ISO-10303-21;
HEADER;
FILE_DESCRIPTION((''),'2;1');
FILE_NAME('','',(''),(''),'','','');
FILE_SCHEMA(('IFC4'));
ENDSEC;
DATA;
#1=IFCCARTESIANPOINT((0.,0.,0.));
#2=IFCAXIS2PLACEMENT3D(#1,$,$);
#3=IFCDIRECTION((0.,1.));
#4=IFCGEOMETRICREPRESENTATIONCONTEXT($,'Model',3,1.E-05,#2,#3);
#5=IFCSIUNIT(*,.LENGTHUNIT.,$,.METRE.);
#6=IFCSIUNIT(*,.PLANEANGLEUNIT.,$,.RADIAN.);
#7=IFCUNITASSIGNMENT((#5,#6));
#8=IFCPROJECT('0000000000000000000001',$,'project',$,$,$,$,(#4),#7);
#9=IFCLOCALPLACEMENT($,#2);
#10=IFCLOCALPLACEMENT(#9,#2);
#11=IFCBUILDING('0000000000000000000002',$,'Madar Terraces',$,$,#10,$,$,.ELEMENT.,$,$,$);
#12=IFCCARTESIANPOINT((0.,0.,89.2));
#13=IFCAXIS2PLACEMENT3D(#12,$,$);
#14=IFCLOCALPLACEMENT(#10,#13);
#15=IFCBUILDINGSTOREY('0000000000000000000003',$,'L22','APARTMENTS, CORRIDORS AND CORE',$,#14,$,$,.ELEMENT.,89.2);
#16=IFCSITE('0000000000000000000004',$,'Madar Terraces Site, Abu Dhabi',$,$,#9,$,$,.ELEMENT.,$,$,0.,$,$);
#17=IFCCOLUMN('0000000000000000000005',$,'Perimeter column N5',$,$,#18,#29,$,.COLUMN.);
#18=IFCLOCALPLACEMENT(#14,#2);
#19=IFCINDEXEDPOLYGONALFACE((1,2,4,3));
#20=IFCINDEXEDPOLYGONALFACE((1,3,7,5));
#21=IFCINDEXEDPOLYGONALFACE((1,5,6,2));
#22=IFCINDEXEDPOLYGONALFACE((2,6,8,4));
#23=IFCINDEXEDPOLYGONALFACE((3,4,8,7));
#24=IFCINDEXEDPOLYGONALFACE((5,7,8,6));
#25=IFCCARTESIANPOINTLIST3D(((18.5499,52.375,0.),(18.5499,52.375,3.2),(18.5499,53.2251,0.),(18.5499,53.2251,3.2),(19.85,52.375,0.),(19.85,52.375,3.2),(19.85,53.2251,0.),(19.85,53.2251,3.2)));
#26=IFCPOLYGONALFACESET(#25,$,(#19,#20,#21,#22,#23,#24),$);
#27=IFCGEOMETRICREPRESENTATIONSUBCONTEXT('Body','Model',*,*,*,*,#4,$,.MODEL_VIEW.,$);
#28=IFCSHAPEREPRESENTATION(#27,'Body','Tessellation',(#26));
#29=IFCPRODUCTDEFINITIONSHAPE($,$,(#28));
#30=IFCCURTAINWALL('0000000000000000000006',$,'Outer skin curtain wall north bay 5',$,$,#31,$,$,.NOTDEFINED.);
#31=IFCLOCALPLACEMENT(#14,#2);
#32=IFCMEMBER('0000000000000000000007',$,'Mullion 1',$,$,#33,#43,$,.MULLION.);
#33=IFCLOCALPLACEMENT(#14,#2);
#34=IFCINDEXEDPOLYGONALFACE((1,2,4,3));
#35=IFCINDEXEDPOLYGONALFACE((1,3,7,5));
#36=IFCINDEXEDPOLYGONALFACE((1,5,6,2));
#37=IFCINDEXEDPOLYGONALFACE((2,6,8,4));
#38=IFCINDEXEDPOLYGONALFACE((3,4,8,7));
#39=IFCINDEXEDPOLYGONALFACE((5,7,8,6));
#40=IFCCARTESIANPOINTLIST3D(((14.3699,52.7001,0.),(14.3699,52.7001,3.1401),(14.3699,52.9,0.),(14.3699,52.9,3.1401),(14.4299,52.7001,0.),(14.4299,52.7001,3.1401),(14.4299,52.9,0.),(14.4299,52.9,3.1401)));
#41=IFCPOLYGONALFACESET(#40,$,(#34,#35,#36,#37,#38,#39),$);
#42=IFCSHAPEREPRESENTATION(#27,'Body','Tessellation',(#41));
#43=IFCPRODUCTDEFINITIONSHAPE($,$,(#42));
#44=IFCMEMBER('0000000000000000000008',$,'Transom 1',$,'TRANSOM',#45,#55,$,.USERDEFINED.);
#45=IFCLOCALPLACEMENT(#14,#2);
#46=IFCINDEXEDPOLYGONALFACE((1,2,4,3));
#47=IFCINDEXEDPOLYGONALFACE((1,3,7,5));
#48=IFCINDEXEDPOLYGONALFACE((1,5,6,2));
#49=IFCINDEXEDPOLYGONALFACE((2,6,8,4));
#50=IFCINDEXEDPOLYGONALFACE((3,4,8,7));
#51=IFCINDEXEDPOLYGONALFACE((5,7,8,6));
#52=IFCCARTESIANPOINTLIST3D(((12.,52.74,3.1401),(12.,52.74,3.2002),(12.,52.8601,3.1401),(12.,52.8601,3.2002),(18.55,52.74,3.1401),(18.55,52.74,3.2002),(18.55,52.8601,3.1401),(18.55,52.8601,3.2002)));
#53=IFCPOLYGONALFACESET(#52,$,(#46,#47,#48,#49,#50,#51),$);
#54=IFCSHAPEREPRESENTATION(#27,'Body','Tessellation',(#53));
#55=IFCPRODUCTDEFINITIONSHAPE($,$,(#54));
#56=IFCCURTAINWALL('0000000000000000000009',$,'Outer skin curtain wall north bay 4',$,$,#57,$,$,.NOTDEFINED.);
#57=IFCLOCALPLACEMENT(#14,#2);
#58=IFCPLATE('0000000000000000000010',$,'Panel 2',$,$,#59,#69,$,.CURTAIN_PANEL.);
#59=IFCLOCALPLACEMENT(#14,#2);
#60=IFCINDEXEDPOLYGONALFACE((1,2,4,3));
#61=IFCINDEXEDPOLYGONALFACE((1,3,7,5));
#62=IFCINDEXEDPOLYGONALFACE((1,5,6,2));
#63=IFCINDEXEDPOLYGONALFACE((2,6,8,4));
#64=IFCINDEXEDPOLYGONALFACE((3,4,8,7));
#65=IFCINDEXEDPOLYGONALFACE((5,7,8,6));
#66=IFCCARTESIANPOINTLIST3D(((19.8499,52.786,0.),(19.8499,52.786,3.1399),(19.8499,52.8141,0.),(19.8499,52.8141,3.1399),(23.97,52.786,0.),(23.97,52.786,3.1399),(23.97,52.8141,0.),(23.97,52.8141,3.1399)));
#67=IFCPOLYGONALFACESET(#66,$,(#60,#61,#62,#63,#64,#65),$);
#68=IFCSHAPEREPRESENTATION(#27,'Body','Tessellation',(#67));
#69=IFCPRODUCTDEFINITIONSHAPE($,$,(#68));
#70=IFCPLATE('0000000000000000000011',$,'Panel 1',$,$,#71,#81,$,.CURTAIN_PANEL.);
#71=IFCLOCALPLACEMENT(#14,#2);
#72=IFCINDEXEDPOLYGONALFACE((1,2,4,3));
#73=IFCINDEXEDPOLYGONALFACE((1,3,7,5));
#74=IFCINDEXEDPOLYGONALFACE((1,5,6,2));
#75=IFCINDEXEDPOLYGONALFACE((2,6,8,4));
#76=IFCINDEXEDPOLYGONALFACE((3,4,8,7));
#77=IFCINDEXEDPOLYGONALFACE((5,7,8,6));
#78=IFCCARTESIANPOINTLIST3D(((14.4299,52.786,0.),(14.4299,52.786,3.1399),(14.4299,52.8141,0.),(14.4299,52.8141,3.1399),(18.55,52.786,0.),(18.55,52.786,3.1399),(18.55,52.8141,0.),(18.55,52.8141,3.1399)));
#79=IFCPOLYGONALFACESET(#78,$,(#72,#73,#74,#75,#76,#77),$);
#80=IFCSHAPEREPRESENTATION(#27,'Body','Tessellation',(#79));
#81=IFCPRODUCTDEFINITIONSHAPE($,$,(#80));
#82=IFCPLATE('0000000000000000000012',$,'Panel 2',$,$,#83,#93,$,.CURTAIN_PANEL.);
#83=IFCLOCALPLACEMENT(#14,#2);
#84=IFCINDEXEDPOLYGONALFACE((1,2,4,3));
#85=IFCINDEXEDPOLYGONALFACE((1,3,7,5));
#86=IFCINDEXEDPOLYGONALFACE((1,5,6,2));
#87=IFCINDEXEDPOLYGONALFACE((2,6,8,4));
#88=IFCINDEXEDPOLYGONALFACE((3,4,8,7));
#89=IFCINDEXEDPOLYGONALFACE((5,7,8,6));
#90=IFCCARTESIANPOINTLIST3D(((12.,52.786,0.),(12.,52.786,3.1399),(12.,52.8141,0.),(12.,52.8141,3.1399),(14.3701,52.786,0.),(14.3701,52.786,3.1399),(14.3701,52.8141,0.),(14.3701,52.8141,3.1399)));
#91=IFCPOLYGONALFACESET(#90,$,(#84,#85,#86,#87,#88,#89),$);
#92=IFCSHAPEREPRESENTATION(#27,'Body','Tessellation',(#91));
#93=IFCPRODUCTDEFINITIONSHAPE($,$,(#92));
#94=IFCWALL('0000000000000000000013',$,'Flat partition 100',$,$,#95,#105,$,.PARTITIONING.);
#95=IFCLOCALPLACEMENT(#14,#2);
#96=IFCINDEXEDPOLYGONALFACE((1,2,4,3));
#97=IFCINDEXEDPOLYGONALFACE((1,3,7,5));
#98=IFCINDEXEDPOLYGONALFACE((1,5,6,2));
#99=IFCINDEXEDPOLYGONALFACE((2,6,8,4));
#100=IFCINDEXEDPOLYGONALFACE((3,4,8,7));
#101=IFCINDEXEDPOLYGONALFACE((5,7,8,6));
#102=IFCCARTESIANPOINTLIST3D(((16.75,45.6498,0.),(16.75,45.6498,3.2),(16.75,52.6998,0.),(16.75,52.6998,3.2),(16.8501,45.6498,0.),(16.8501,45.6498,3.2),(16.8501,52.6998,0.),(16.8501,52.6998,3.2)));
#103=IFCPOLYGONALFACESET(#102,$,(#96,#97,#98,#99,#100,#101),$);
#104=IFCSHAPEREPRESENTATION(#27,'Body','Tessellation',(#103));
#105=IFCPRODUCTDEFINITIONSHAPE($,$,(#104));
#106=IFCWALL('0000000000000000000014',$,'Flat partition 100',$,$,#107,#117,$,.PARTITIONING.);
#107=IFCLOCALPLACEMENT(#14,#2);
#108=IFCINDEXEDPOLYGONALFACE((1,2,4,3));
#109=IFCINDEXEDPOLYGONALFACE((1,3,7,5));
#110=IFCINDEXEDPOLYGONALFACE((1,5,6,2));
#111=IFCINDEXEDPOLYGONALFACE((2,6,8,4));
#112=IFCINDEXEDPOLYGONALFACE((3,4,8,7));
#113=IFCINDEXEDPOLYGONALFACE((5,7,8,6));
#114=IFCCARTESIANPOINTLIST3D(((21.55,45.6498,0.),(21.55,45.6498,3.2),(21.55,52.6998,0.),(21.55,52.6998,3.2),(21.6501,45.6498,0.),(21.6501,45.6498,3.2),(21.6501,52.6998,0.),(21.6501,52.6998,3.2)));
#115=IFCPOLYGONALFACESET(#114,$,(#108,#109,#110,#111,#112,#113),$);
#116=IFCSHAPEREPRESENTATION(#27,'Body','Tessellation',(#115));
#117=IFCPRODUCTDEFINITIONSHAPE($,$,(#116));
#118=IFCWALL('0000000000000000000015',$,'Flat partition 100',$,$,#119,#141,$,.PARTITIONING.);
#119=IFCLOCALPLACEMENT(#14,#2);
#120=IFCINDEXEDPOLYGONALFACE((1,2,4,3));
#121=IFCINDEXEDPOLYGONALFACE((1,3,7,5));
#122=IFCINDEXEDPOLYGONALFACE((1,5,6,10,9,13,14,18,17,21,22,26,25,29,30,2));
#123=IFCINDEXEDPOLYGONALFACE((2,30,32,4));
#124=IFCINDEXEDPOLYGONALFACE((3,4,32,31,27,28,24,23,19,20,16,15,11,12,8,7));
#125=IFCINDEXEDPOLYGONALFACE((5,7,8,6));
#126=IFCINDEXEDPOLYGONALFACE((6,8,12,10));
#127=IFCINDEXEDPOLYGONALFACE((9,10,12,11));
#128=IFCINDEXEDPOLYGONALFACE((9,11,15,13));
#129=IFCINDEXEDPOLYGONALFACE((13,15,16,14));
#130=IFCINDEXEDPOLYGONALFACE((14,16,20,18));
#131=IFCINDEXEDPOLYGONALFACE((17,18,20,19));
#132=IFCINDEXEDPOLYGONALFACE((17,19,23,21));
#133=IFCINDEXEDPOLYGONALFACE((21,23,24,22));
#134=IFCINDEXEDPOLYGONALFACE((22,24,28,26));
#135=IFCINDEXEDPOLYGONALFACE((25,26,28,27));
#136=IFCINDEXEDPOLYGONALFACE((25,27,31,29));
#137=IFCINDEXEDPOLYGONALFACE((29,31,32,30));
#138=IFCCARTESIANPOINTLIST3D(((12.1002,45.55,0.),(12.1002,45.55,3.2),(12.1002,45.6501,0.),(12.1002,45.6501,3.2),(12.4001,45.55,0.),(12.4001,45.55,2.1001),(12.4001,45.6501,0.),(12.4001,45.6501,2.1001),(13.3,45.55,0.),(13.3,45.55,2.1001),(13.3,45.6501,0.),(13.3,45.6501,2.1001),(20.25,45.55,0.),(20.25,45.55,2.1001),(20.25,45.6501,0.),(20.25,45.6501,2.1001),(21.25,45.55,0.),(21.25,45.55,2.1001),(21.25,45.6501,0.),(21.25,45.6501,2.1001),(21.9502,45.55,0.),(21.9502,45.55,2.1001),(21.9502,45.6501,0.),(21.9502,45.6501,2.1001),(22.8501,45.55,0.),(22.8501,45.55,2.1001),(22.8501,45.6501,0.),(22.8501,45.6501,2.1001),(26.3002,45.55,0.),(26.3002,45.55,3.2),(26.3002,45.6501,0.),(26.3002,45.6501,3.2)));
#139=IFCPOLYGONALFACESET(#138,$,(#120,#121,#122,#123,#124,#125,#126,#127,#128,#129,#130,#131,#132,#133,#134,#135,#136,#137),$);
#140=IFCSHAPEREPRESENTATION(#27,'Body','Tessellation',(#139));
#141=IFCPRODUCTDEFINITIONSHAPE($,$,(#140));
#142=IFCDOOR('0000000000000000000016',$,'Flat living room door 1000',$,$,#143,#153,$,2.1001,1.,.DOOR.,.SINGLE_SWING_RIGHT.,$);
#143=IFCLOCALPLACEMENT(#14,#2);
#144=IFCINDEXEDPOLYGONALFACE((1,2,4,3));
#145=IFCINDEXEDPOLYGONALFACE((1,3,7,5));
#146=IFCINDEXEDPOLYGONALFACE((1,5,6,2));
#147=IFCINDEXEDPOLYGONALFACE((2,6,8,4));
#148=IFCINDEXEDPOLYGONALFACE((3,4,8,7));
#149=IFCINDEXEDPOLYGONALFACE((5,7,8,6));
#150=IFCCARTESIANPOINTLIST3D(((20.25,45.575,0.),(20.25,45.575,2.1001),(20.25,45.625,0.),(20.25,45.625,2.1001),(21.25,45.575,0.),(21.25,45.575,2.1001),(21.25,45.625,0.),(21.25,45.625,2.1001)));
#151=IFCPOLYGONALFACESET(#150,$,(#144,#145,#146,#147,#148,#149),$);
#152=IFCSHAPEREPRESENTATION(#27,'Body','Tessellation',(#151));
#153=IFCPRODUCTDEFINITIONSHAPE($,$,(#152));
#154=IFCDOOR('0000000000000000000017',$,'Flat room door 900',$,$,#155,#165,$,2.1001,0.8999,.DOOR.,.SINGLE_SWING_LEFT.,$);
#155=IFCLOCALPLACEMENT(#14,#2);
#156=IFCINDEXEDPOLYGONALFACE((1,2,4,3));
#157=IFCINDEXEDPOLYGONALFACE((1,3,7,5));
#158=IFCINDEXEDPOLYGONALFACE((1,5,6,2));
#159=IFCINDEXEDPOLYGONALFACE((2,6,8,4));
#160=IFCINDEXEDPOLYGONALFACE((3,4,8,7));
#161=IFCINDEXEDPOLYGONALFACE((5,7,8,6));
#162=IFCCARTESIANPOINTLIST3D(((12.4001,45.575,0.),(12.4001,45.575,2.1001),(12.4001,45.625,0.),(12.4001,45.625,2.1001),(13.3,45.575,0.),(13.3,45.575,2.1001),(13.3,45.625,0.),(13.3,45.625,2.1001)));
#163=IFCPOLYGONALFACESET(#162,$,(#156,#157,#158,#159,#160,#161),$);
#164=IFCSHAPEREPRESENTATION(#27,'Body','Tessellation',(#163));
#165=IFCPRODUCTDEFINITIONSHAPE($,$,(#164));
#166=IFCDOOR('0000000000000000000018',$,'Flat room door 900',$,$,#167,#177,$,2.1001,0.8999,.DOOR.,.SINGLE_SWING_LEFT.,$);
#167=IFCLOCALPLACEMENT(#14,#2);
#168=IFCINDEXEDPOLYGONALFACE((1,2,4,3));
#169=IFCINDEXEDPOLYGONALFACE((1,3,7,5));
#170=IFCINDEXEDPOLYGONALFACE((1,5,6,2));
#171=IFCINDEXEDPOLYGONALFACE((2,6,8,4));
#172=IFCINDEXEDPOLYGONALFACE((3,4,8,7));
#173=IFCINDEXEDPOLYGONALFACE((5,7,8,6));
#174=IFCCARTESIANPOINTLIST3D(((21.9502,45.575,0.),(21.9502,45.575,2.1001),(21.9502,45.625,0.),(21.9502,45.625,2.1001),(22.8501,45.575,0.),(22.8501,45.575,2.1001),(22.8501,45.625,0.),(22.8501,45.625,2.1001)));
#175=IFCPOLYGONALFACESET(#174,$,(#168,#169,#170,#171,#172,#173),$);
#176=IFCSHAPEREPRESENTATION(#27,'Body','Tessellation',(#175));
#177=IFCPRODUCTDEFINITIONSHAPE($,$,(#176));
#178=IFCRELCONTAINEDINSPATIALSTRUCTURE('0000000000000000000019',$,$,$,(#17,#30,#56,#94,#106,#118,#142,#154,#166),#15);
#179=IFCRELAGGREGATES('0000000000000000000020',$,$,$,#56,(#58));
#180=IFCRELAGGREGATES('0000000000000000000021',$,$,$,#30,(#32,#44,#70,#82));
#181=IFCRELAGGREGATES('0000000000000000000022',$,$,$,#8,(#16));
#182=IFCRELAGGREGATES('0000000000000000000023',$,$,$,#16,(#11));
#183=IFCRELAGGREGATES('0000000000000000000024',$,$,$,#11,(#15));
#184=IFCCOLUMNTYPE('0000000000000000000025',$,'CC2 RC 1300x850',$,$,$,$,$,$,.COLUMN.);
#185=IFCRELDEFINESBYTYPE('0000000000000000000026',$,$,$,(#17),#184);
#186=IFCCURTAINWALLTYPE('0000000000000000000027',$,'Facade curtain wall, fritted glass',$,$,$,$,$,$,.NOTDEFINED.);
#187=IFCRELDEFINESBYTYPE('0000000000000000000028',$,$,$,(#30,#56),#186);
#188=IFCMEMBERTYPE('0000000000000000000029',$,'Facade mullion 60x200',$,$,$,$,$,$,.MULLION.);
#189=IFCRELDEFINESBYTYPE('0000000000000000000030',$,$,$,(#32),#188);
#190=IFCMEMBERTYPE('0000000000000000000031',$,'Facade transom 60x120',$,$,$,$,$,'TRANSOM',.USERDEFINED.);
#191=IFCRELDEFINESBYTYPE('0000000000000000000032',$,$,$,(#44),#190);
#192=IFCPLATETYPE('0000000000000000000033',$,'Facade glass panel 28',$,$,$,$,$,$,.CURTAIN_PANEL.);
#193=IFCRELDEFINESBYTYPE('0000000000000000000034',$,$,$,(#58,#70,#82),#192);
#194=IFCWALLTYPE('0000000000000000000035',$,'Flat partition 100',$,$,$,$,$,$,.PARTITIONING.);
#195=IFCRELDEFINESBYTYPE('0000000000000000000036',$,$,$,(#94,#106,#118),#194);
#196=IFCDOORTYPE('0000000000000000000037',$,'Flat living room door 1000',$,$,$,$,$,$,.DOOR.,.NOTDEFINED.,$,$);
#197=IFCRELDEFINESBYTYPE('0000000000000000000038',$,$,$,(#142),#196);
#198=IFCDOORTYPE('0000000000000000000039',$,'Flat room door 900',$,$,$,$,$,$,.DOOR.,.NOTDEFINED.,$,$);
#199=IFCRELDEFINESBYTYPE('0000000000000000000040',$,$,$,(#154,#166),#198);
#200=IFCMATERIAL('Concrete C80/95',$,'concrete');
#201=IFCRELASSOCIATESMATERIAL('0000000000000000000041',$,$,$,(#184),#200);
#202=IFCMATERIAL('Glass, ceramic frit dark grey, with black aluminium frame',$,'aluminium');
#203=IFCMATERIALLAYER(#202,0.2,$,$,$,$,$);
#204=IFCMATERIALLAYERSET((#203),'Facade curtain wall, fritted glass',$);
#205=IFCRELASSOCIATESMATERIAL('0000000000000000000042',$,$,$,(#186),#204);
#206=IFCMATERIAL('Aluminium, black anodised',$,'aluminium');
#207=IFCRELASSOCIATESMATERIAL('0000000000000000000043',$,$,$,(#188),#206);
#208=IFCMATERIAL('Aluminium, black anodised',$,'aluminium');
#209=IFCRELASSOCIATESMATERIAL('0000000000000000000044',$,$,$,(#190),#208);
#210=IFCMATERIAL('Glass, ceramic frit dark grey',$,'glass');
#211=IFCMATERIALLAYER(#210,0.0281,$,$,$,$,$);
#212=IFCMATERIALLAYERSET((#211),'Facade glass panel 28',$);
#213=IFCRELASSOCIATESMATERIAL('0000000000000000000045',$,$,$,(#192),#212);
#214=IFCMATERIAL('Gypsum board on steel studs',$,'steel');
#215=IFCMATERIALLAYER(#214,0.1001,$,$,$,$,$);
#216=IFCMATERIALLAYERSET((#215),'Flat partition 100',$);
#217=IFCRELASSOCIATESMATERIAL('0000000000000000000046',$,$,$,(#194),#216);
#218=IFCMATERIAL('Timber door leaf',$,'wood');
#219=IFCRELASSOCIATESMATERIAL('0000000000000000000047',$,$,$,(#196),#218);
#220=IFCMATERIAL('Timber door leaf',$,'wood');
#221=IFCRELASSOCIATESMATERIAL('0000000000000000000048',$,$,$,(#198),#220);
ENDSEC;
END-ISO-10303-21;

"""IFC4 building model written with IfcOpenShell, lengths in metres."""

from ifc_helpers import new_model, si_unit, direction, frame, frame_2d, origin, origin_2d, place, context, subcontext, project, spatial, rectangle, extrude, material, layer, layer_set, material_profile, profile_set, type_object, element, fill, aggregate, save


model = new_model("IFC4")

# Units and contexts
model_context = context("Model", 3, precision=1e-05, world=origin(), true_north=direction((0.0, 1.0)))
body_context = subcontext(model_context, "Body", "Model", "MODEL_VIEW")
ifc_project = project(units=[si_unit("LENGTHUNIT", "METRE"), si_unit("PLANEANGLEUNIT", "RADIAN")], contexts=[model_context])

# Site, building, storey
site_placement = place(None, origin())
site = spatial("IfcSite", under=ifc_project, at=site_placement, Name="Madar Terraces Site, Abu Dhabi", CompositionType="ELEMENT", RefElevation=0.0)
building_placement = place(site_placement, origin())
building = spatial("IfcBuilding", under=site, at=building_placement, Name="Madar Terraces", CompositionType="ELEMENT")
storey_placement = place(building_placement, frame((0.0, 0.0, 89.2)))
storey = spatial("IfcBuildingStorey", under=building, at=storey_placement, Name="L22", Description="APARTMENTS, CORRIDORS AND CORE", CompositionType="ELEMENT", Elevation=89.2)

# Column
ifc_material_1 = material(Name="Concrete C80/95", Category="concrete")
ifc_material_profile_1 = material_profile(ifc_material_1, rectangle(XDim=1.3, YDim=0.8501, at=origin_2d()), Name="CC2 RC 1300x850")
ifc_profile_set_1 = profile_set([ifc_material_profile_1], Name="Concrete C80/95")
column_type = type_object("IfcColumnType", Name="CC2 RC 1300x850", PredefinedType="COLUMN", material=ifc_profile_set_1)
column_placement = place(storey_placement, frame((19.2, 52.8, 0.0), z_axis=(0.0, 0.0, 1.0), x_axis=(1.0, 0.0, 0.0)))
element("IfcColumn", 1, at=column_placement, inside=storey, type_object=column_type, Name="Perimeter column N5", PredefinedType="COLUMN", context=body_context, shape_type="SweptSolid", body=[
    extrude(rectangle(XDim=1.3, YDim=0.8501, at=origin_2d()), origin(), (0.0, 0.0, 1.0), 3.2),
])

# Curtain wall, members
ifc_material_2 = material(Name="Glass, ceramic frit dark grey, with black aluminium frame", Category="aluminium")
ifc_layer_1 = layer(ifc_material_2, 0.2)
ifc_layer_set_1 = layer_set([ifc_layer_1], Name="Facade curtain wall, fritted glass")
curtain_wall_type = type_object("IfcCurtainWallType", Name="Facade curtain wall, fritted glass", PredefinedType="NOTDEFINED", material=ifc_layer_set_1)
curtain_wall_1_placement = place(storey_placement, origin())
curtain_wall_1 = element("IfcCurtainWall", 2, at=curtain_wall_1_placement, inside=storey, type_object=curtain_wall_type, Name="Outer skin curtain wall north bay 5", PredefinedType="NOTDEFINED")
ifc_material_3 = material(Name="Aluminium, black anodised", Category="aluminium")
ifc_material_profile_2 = material_profile(ifc_material_3, rectangle(XDim=0.2, YDim=0.0601, at=origin_2d()), Name="Facade mullion 60x200")
ifc_profile_set_2 = profile_set([ifc_material_profile_2], Name="Aluminium, black anodised")
member_type_1 = type_object("IfcMemberType", Name="Facade mullion 60x200", PredefinedType="MULLION", material=ifc_profile_set_2)
member_1_placement = place(storey_placement, frame((14.3999, 52.8, 0.0), z_axis=(0.0, 0.0, 1.0), x_axis=(0.0, -1.0, 0.0)))
member_1 = element("IfcMember", 3, at=member_1_placement, type_object=member_type_1, Name="Mullion 1", PredefinedType="MULLION", context=body_context, shape_type="SweptSolid", body=[
    extrude(rectangle(XDim=0.2, YDim=0.0601, at=origin_2d()), origin(), (0.0, 0.0, 1.0), 3.1401),
])
ifc_material_4 = material(Name="Aluminium, black anodised", Category="aluminium")
ifc_material_profile_3 = material_profile(ifc_material_4, rectangle(XDim=0.1201, YDim=0.0601, at=origin_2d()), Name="Facade transom 60x120")
ifc_profile_set_3 = profile_set([ifc_material_profile_3], Name="Aluminium, black anodised")
member_type_2 = type_object("IfcMemberType", Name="Facade transom 60x120", ElementType="TRANSOM", PredefinedType="USERDEFINED", material=ifc_profile_set_3)
member_2_placement = place(storey_placement, frame((18.55, 52.8, 3.1702), z_axis=(-1.0, 0.0, 0.0), x_axis=(0.0, -1.0, 0.0)))
member_2 = element("IfcMember", 4, at=member_2_placement, type_object=member_type_2, Name="Transom 1", ObjectType="TRANSOM", PredefinedType="USERDEFINED", context=body_context, shape_type="SweptSolid", body=[
    extrude(rectangle(XDim=0.1201, YDim=0.0601, at=origin_2d()), origin(), (0.0, 0.0, 1.0), 6.55),
])

# Curtain wall, plate
curtain_wall_2_placement = place(storey_placement, origin())
curtain_wall_2 = element("IfcCurtainWall", 5, at=curtain_wall_2_placement, inside=storey, type_object=curtain_wall_type, Name="Outer skin curtain wall north bay 4", PredefinedType="NOTDEFINED")
ifc_material_5 = material(Name="Glass, ceramic frit dark grey", Category="glass")
ifc_layer_2 = layer(ifc_material_5, 0.0281)
ifc_layer_set_2 = layer_set([ifc_layer_2], Name="Facade glass panel 28")
plate_type = type_object("IfcPlateType", Name="Facade glass panel 28", PredefinedType="CURTAIN_PANEL", material=ifc_layer_set_2)
plate_1_placement = place(storey_placement, frame((21.9099, 52.8, 0.0), z_axis=(0.0, 0.0, 1.0), x_axis=(-1.0, 0.0, 0.0)))
plate_1 = element("IfcPlate", 6, at=plate_1_placement, type_object=plate_type, Name="Panel 2", PredefinedType="CURTAIN_PANEL", context=body_context, shape_type="SweptSolid", body=[
    extrude(rectangle(XDim=4.1201, YDim=0.0281, at=origin_2d()), origin(), (0.0, 0.0, 1.0), 3.1399),
])
aggregate(curtain_wall_2, [plate_1])

# Plates
plate_2_placement = place(storey_placement, frame((16.49, 52.8, 0.0), z_axis=(0.0, 0.0, 1.0), x_axis=(-1.0, 0.0, 0.0)))
plate_2 = element("IfcPlate", 7, at=plate_2_placement, type_object=plate_type, Name="Panel 1", PredefinedType="CURTAIN_PANEL", context=body_context, shape_type="SweptSolid", body=[
    extrude(rectangle(XDim=4.1201, YDim=0.0281, at=origin_2d()), origin(), (0.0, 0.0, 1.0), 3.1399),
])
plate_3_placement = place(storey_placement, frame((13.1851, 52.8, 0.0), z_axis=(0.0, 0.0, 1.0), x_axis=(-1.0, 0.0, 0.0)))
plate_3 = element("IfcPlate", 8, at=plate_3_placement, type_object=plate_type, Name="Panel 2", PredefinedType="CURTAIN_PANEL", context=body_context, shape_type="SweptSolid", body=[
    extrude(rectangle(XDim=2.3701, YDim=0.0281, at=origin_2d()), origin(), (0.0, 0.0, 1.0), 3.1399),
])
aggregate(curtain_wall_1, [member_1, member_2, plate_2, plate_3])

# Walls
ifc_material_6 = material(Name="Gypsum board on steel studs", Category="steel")
ifc_layer_3 = layer(ifc_material_6, 0.1001)
ifc_layer_set_3 = layer_set([ifc_layer_3], Name="Flat partition 100")
wall_type = type_object("IfcWallType", Name="Flat partition 100", PredefinedType="PARTITIONING", material=ifc_layer_set_3)
for number, where, z_axis, x_axis, name in (
    (9, (16.8, 45.6499, 0.0), (0.0, 0.0, 1.0), (0.0, 1.0, 0.0), "Flat partition 100"),
    (10, (21.6001, 45.6499, 0.0), (0.0, 0.0, 1.0), (0.0, 1.0, 0.0), "Flat partition 100"),
):
    element("IfcWall", number, at=place(storey_placement, frame(where, z_axis=z_axis, x_axis=x_axis)), inside=storey, type_object=wall_type, Name=name, PredefinedType="PARTITIONING", context=body_context, shape_type="SweptSolid", body=[
        extrude(rectangle(XDim=7.05, YDim=0.1001, at=frame_2d((3.5249, 0.0))), origin(), (0.0, 0.0, 1.0), 3.2),
    ])

# Wall, openings, doors
wall_placement = place(storey_placement, frame((12.1001, 45.6001, 0.0), z_axis=(0.0, 0.0, 1.0), x_axis=(1.0, 0.0, 0.0)))
wall = element("IfcWall", 11, at=wall_placement, inside=storey, type_object=wall_type, Name="Flat partition 100", PredefinedType="PARTITIONING", context=body_context, shape_type="SweptSolid", body=[
    extrude(rectangle(XDim=14.2, YDim=0.1001, at=frame_2d((7.1001, 0.0))), origin(), (0.0, 0.0, 1.0), 3.2),
])
opening_1_placement = place(wall_placement, frame((0.3, 0.0, 0.0)))
opening_1 = element("IfcOpeningElement", 12, at=opening_1_placement, cuts=wall, PredefinedType="OPENING", context=body_context, shape_type="SweptSolid", body=[
    extrude(rectangle(XDim=0.8999, YDim=2.1001, at=frame_2d((0.45, 1.05))), frame((0.0, 0.0601, 0.0), z_axis=(0.0, -1.0, 0.0), x_axis=(1.0, 0.0, 0.0)), (0.0, 0.0, 1.0), 0.1201),
])
opening_2_placement = place(wall_placement, frame((8.1499, 0.0, 0.0)))
opening_2 = element("IfcOpeningElement", 13, at=opening_2_placement, cuts=wall, PredefinedType="OPENING", context=body_context, shape_type="SweptSolid", body=[
    extrude(rectangle(XDim=1.0, YDim=2.1001, at=frame_2d((0.5, 1.05))), frame((0.0, 0.0601, 0.0), z_axis=(0.0, -1.0, 0.0), x_axis=(1.0, 0.0, 0.0)), (0.0, 0.0, 1.0), 0.1201),
])
opening_3_placement = place(wall_placement, frame((9.8501, 0.0, 0.0)))
opening_3 = element("IfcOpeningElement", 14, at=opening_3_placement, cuts=wall, PredefinedType="OPENING", context=body_context, shape_type="SweptSolid", body=[
    extrude(rectangle(XDim=0.8999, YDim=2.1001, at=frame_2d((0.45, 1.05))), frame((0.0, 0.0601, 0.0), z_axis=(0.0, -1.0, 0.0), x_axis=(1.0, 0.0, 0.0)), (0.0, 0.0, 1.0), 0.1201),
])
ifc_material_7 = material(Name="Timber door leaf", Category="wood")
door_type_1 = type_object("IfcDoorType", Name="Flat living room door 1000", OperationType="NOTDEFINED", PredefinedType="DOOR", material=ifc_material_7)
door_1_placement = place(opening_2_placement, origin())
door_1 = element("IfcDoor", 15, at=door_1_placement, inside=storey, type_object=door_type_1, Name="Flat living room door 1000", OperationType="SINGLE_SWING_RIGHT", OverallHeight=2.1001, OverallWidth=1.0, PredefinedType="DOOR", context=body_context, shape_type="SweptSolid", body=[
    extrude(rectangle(XDim=1.0, YDim=2.1001, at=frame_2d((0.5, 1.05))), frame((0.0, 0.0249, 0.0), z_axis=(0.0, -1.0, 0.0), x_axis=(1.0, 0.0, 0.0)), (0.0, 0.0, 1.0), 0.05),
])
fill(opening_2, door_1)
ifc_material_8 = material(Name="Timber door leaf", Category="wood")
door_type_2 = type_object("IfcDoorType", Name="Flat room door 900", OperationType="NOTDEFINED", PredefinedType="DOOR", material=ifc_material_8)
door_2_placement = place(opening_1_placement, origin())
door_2 = element("IfcDoor", 16, at=door_2_placement, inside=storey, type_object=door_type_2, Name="Flat room door 900", OperationType="SINGLE_SWING_LEFT", OverallHeight=2.1001, OverallWidth=0.8999, PredefinedType="DOOR", context=body_context, shape_type="SweptSolid", body=[
    extrude(rectangle(XDim=0.8999, YDim=2.1001, at=frame_2d((0.45, 1.05))), frame((0.0, 0.0249, 0.0), z_axis=(0.0, -1.0, 0.0), x_axis=(1.0, 0.0, 0.0)), (0.0, 0.0, 1.0), 0.05),
])
fill(opening_1, door_2)
door_3_placement = place(opening_3_placement, origin())
door_3 = element("IfcDoor", 17, at=door_3_placement, inside=storey, type_object=door_type_2, Name="Flat room door 900", OperationType="SINGLE_SWING_LEFT", OverallHeight=2.1001, OverallWidth=0.8999, PredefinedType="DOOR", context=body_context, shape_type="SweptSolid", body=[
    extrude(rectangle(XDim=0.8999, YDim=2.1001, at=frame_2d((0.45, 1.05))), frame((0.0, 0.0249, 0.0), z_axis=(0.0, -1.0, 0.0), x_axis=(1.0, 0.0, 0.0)), (0.0, 0.0, 1.0), 0.05),
])
fill(opening_3, door_3)

save(model, "model.ifc")
